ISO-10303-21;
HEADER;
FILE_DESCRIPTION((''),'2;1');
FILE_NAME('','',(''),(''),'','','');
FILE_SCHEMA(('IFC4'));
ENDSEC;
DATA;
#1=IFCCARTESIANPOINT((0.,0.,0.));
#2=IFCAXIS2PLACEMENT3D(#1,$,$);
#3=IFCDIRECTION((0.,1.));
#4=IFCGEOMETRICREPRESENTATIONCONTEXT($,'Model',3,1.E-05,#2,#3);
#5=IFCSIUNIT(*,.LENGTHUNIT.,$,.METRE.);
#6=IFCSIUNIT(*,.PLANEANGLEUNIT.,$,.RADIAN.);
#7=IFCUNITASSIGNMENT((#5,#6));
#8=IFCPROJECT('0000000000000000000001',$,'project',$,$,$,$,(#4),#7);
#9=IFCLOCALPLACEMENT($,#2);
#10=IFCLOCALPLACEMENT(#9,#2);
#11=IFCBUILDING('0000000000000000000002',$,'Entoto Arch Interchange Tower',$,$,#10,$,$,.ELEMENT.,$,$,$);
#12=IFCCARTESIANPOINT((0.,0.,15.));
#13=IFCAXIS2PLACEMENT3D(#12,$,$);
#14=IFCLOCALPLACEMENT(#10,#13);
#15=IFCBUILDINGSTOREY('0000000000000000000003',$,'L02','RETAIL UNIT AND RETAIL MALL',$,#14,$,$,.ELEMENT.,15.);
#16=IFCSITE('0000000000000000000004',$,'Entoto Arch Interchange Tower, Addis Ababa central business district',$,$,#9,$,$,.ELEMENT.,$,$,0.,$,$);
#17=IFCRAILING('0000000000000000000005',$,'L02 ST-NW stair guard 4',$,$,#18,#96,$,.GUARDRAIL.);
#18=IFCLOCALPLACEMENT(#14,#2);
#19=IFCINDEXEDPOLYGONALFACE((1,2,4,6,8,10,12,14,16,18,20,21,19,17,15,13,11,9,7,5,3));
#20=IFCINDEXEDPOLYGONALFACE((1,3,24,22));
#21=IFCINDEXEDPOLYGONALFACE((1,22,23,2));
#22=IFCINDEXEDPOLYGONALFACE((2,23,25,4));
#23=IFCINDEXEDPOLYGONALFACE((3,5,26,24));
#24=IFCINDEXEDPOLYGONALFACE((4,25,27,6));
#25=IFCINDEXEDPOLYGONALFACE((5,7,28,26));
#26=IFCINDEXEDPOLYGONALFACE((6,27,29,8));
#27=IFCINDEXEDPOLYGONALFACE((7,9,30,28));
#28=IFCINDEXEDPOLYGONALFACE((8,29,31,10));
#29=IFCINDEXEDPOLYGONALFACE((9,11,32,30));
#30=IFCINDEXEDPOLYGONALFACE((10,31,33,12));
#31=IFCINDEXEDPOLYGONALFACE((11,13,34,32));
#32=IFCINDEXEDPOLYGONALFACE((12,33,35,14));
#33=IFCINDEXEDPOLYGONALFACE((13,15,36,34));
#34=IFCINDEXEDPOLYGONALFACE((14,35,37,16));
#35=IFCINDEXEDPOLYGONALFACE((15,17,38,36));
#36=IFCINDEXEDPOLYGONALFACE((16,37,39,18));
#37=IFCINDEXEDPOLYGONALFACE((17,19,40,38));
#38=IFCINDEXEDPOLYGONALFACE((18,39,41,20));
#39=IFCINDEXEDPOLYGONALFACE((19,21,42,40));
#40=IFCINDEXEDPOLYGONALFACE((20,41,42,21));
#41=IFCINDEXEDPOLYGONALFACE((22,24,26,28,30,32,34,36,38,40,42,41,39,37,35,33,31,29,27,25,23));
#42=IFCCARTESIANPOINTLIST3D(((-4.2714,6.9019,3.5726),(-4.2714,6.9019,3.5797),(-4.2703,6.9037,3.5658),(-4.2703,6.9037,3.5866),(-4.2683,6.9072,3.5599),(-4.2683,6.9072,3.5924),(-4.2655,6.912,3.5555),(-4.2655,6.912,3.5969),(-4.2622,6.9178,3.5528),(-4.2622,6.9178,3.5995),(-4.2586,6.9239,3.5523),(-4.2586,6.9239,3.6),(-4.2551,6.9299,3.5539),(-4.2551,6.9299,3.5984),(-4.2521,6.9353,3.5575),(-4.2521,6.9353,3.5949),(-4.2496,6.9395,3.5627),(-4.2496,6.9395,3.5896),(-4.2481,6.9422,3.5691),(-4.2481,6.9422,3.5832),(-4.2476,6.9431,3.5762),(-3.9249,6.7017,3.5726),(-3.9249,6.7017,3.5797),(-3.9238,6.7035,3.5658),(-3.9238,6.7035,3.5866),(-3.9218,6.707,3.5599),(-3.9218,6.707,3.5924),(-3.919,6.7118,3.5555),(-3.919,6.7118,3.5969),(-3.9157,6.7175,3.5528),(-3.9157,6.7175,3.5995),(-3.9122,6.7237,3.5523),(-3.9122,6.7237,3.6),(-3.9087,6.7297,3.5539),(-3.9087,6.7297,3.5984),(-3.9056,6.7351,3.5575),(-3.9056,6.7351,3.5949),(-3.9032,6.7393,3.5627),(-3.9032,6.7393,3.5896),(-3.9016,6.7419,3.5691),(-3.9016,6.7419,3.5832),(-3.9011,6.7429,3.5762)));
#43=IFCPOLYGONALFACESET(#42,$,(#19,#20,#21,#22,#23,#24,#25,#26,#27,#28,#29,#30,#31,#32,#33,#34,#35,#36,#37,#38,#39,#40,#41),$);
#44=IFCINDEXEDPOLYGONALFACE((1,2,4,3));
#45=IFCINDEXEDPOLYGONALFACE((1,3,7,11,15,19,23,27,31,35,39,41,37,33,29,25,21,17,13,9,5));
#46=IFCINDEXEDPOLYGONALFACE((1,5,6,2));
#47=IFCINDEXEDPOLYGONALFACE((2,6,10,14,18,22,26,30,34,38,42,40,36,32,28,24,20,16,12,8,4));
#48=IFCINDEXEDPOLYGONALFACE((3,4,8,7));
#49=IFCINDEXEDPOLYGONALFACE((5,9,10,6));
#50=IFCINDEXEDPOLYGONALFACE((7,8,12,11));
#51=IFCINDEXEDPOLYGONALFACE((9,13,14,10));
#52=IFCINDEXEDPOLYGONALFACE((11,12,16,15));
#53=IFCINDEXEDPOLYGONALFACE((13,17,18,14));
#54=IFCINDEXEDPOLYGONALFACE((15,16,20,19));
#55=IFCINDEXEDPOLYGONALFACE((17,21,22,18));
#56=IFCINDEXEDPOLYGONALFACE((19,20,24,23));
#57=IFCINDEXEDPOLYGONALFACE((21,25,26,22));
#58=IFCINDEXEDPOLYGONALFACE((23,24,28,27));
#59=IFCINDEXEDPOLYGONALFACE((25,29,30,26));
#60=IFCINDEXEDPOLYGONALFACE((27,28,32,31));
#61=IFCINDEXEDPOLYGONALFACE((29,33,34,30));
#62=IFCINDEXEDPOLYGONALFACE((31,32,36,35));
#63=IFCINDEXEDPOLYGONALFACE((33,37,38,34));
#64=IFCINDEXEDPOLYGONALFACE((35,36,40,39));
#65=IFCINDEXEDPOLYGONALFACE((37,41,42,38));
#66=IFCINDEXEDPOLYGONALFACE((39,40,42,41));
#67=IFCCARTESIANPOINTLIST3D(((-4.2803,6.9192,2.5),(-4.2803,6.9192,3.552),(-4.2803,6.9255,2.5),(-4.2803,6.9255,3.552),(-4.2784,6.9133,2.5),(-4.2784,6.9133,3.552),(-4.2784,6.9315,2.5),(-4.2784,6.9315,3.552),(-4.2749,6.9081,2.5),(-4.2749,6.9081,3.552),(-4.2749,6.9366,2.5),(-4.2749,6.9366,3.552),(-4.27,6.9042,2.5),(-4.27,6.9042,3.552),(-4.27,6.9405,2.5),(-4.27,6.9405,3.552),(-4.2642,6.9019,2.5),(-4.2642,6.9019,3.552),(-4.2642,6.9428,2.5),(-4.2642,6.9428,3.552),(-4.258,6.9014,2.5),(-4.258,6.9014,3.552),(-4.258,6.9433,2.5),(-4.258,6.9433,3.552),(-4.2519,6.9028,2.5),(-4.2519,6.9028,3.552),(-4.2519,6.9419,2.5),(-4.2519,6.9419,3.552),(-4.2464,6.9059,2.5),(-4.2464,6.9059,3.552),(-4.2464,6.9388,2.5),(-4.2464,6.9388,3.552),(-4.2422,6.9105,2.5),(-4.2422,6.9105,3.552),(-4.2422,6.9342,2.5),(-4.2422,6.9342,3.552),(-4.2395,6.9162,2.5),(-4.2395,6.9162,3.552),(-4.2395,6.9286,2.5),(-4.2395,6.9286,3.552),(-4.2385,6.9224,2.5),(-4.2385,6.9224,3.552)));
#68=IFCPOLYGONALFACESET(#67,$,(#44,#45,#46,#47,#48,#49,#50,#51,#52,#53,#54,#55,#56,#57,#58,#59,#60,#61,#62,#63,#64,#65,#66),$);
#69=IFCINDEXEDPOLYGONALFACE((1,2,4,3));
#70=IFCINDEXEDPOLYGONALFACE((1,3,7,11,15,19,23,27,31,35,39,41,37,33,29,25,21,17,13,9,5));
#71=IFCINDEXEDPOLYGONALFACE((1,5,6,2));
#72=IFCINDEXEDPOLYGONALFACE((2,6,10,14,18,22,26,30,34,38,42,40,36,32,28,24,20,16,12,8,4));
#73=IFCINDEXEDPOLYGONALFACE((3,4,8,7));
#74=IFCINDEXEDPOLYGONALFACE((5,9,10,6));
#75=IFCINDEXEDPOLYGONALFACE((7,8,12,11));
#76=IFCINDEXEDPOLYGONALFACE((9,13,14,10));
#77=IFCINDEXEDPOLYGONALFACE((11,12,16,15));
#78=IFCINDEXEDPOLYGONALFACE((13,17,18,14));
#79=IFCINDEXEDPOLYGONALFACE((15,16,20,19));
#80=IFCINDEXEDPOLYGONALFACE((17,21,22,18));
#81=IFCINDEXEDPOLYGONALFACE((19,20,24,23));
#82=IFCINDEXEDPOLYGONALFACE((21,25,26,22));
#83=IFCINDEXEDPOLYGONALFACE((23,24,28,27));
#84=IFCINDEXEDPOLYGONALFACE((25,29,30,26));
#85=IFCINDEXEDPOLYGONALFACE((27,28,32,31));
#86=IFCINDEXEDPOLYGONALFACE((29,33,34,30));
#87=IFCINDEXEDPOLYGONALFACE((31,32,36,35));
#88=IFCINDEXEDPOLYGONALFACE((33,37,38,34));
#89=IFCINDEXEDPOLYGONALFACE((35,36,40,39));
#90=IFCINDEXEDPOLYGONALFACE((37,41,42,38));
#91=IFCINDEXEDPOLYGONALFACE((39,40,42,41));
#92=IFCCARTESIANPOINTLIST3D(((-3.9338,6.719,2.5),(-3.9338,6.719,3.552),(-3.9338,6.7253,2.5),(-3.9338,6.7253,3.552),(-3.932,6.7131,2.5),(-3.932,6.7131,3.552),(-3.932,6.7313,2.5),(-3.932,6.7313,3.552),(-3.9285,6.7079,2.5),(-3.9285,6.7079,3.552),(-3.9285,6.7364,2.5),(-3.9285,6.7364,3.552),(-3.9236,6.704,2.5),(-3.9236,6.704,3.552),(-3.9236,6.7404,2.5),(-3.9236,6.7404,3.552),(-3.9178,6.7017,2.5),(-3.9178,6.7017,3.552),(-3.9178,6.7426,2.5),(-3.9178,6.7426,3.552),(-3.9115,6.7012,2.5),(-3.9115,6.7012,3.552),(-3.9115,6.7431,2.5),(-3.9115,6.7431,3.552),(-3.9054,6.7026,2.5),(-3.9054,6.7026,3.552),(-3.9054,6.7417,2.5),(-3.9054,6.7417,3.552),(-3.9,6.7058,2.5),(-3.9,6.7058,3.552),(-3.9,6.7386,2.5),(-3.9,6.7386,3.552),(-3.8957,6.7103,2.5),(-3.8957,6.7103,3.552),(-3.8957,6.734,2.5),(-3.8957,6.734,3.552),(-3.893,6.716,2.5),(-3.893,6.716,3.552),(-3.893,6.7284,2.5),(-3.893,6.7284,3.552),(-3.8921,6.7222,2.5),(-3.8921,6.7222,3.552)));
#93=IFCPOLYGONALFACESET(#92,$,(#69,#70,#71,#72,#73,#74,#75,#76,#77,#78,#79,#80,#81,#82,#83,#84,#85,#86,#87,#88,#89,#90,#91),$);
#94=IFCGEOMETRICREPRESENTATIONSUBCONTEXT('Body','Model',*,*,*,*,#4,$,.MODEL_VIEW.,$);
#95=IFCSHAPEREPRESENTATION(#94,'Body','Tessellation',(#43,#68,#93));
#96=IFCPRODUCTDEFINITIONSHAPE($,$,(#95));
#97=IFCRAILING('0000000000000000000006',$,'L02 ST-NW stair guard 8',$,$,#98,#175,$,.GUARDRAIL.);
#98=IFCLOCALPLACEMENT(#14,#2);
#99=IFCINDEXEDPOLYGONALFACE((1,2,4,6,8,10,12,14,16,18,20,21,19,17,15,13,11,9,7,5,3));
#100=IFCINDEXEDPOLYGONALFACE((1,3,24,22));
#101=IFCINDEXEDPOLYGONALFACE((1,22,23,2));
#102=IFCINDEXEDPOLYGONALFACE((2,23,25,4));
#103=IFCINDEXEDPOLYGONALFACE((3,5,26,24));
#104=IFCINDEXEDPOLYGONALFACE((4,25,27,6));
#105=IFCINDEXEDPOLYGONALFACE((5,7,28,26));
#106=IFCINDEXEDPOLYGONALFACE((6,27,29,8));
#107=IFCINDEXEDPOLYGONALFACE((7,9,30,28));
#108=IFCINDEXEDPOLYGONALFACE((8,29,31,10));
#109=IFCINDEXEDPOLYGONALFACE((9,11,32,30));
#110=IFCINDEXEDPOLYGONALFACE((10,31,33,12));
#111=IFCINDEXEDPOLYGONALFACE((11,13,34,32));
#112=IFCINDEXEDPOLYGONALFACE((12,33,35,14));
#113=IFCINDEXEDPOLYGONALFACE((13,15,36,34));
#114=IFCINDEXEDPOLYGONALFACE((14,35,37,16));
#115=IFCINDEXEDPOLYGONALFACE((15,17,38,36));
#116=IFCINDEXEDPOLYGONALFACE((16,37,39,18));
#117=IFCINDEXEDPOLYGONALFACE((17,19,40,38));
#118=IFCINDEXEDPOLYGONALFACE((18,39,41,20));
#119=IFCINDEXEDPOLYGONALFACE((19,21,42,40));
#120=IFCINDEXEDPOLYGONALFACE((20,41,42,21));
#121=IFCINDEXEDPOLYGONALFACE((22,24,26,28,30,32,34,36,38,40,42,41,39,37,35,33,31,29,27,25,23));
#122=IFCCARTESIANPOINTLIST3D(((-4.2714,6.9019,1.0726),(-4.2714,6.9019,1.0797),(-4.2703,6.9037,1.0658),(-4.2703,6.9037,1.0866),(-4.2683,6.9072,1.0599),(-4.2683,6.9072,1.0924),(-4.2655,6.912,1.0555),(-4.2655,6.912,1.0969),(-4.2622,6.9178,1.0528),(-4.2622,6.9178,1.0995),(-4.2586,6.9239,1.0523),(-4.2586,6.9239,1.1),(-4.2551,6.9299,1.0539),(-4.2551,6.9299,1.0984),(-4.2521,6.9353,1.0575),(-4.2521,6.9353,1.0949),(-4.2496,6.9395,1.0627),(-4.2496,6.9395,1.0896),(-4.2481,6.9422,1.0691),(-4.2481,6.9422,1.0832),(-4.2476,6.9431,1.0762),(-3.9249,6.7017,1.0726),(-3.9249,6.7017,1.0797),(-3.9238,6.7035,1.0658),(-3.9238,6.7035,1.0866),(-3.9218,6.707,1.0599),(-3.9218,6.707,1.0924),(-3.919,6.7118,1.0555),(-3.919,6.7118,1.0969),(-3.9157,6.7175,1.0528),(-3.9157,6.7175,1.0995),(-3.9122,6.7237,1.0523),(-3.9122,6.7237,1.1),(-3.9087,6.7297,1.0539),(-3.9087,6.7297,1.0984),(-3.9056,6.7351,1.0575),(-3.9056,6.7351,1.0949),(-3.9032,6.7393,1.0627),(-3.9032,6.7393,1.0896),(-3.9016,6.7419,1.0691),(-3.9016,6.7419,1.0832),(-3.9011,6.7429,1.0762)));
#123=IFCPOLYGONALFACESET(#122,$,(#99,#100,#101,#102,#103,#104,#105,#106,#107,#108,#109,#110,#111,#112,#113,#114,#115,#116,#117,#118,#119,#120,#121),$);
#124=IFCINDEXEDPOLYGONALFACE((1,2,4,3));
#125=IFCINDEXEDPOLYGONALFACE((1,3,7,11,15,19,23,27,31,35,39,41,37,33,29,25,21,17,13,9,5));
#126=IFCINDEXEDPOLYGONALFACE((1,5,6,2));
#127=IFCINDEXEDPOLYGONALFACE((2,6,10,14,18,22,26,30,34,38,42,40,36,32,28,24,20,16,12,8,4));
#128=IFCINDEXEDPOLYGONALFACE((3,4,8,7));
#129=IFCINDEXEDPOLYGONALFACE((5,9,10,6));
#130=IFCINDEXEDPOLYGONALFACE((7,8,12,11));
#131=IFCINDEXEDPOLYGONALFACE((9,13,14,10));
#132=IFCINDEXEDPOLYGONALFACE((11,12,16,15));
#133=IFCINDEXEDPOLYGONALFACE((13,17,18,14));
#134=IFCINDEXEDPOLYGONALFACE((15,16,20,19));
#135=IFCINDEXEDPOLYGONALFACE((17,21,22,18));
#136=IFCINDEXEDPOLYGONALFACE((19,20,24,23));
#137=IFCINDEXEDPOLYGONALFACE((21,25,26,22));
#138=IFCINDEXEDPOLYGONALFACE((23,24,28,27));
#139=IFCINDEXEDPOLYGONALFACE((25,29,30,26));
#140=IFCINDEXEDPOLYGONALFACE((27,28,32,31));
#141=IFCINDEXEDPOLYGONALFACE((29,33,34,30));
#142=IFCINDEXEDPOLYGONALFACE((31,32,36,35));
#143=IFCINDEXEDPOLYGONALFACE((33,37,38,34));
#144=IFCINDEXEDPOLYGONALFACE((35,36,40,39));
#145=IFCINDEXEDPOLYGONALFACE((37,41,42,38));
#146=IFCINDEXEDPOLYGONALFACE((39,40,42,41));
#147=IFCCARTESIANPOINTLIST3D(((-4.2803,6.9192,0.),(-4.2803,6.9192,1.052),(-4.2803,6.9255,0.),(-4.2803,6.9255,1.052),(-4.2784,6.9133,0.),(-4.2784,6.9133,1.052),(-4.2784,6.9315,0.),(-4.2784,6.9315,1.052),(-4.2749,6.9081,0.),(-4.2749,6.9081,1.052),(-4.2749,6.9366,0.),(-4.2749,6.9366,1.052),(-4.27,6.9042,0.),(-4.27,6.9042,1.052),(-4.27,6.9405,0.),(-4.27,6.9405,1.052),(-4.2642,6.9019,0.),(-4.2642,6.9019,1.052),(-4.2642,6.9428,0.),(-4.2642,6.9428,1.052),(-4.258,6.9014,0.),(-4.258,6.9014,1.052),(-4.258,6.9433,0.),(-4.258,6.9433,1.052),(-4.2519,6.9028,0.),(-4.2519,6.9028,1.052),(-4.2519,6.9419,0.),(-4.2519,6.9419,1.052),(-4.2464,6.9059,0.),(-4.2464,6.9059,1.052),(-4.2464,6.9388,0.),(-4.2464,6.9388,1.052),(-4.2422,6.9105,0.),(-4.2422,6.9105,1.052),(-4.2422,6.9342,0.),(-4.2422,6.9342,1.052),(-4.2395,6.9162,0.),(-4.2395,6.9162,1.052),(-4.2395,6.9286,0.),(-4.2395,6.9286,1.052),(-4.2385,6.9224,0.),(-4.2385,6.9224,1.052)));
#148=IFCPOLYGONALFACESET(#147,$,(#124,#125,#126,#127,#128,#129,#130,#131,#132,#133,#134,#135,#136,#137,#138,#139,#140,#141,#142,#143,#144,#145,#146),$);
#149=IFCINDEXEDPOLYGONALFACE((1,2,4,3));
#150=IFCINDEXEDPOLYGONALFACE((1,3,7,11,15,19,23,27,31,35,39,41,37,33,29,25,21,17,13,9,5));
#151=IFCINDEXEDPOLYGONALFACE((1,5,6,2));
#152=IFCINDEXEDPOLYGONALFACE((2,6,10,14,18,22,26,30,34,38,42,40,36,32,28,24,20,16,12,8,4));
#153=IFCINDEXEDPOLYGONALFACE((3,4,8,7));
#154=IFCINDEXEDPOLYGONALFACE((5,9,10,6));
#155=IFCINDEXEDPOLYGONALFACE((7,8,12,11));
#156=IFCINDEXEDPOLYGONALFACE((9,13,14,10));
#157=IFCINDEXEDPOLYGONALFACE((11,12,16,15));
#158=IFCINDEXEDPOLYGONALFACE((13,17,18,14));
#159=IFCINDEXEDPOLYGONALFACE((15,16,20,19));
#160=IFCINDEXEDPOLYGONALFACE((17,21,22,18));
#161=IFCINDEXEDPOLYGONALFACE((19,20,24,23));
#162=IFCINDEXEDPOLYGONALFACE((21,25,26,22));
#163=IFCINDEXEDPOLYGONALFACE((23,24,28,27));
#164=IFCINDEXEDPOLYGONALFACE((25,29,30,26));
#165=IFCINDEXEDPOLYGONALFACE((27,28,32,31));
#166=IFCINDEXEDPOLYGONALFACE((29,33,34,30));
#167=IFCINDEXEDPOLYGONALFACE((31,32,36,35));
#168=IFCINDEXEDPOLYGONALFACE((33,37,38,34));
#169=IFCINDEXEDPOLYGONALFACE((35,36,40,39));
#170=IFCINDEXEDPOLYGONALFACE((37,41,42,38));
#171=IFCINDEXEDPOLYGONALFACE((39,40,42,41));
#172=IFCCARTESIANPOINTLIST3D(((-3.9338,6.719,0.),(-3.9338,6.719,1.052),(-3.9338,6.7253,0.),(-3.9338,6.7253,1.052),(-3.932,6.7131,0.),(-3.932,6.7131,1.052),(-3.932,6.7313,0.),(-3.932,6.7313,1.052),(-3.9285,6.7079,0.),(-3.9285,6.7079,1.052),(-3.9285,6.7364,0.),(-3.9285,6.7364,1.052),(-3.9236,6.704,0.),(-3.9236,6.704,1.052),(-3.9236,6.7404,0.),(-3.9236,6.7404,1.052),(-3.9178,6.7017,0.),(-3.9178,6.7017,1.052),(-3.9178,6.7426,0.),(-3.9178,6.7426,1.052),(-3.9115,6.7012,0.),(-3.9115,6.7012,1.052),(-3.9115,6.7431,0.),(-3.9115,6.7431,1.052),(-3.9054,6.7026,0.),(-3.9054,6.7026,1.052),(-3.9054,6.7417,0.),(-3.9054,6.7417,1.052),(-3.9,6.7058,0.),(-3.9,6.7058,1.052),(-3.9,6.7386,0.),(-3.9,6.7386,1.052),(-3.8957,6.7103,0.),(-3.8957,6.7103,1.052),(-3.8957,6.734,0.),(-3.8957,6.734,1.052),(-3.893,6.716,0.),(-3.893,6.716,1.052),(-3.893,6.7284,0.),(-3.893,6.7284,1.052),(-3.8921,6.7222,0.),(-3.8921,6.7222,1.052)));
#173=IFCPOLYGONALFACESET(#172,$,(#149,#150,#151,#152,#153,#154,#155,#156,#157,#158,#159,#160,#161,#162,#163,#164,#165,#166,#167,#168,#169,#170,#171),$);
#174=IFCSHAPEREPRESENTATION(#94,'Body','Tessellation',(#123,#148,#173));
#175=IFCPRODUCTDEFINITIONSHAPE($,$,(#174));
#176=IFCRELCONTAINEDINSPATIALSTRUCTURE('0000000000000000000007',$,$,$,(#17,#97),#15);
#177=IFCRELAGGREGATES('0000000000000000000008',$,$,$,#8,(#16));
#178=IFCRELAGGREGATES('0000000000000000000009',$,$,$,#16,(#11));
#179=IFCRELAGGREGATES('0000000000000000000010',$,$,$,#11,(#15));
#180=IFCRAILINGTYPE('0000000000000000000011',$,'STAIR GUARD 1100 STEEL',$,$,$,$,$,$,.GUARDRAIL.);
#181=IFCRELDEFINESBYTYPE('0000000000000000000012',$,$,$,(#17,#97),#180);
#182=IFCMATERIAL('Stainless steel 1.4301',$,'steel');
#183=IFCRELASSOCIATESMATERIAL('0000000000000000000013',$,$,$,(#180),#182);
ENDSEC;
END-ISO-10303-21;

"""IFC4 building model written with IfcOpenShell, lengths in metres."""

from ifc_helpers import new_model, si_unit, direction, frame, origin, origin_2d, place, context, subcontext, project, spatial, circle, extrude, material, type_object, element, save


model = new_model("IFC4")

# Units and contexts
model_context = context("Model", 3, precision=1e-05, world=origin(), true_north=direction((0.0, 1.0)))
body_context = subcontext(model_context, "Body", "Model", "MODEL_VIEW")
ifc_project = project(units=[si_unit("LENGTHUNIT", "METRE"), si_unit("PLANEANGLEUNIT", "RADIAN")], contexts=[model_context])

# Site, building, storey
site_placement = place(None, origin())
site = spatial("IfcSite", under=ifc_project, at=site_placement, Name="Entoto Arch Interchange Tower, Addis Ababa central business district", CompositionType="ELEMENT", RefElevation=0.0)
building_placement = place(site_placement, origin())
building = spatial("IfcBuilding", under=site, at=building_placement, Name="Entoto Arch Interchange Tower", CompositionType="ELEMENT")
storey_placement = place(building_placement, frame((0.0, 0.0, 15.0)))
storey = spatial("IfcBuildingStorey", under=building, at=storey_placement, Name="L02", Description="RETAIL UNIT AND RETAIL MALL", CompositionType="ELEMENT", Elevation=15.0)

# Railings
ifc_material_1 = material(Name="Stainless steel 1.4301", Category="steel")
railing_type_1 = type_object("IfcRailingType", Name="STAIR GUARD 1100 STEEL", PredefinedType="GUARDRAIL", material=ifc_material_1)
for number, where, name in (
    (1, (-4.2595, 6.9224, 2.5), "L02 ST-NW stair guard 4"),
    (2, (-4.2595, 6.9224, 0.0), "L02 ST-NW stair guard 8"),
):
    element("IfcRailing", number, at=place(storey_placement, frame(where)), inside=storey, type_object=railing_type_1, Name=name, PredefinedType="GUARDRAIL", context=body_context, shape_type="SweptSolid", body=[
        extrude(circle(Radius=0.0239, at=origin_2d()), frame((0.0, 0.0, 1.0762), z_axis=(0.86583, -0.500339, 0.0), x_axis=(0.500339, 0.86583, 0.0)), (0.0, 0.0, 1.0), 0.4001),
        extrude(circle(Radius=0.021, at=origin_2d()), origin(), (0.0, 0.0, 1.0), 1.052),
        extrude(circle(Radius=0.021, at=origin_2d()), frame((0.3464, -0.2002, 0.0)), (0.0, 0.0, 1.0), 1.052),
    ])

save(model, "model.ifc")
